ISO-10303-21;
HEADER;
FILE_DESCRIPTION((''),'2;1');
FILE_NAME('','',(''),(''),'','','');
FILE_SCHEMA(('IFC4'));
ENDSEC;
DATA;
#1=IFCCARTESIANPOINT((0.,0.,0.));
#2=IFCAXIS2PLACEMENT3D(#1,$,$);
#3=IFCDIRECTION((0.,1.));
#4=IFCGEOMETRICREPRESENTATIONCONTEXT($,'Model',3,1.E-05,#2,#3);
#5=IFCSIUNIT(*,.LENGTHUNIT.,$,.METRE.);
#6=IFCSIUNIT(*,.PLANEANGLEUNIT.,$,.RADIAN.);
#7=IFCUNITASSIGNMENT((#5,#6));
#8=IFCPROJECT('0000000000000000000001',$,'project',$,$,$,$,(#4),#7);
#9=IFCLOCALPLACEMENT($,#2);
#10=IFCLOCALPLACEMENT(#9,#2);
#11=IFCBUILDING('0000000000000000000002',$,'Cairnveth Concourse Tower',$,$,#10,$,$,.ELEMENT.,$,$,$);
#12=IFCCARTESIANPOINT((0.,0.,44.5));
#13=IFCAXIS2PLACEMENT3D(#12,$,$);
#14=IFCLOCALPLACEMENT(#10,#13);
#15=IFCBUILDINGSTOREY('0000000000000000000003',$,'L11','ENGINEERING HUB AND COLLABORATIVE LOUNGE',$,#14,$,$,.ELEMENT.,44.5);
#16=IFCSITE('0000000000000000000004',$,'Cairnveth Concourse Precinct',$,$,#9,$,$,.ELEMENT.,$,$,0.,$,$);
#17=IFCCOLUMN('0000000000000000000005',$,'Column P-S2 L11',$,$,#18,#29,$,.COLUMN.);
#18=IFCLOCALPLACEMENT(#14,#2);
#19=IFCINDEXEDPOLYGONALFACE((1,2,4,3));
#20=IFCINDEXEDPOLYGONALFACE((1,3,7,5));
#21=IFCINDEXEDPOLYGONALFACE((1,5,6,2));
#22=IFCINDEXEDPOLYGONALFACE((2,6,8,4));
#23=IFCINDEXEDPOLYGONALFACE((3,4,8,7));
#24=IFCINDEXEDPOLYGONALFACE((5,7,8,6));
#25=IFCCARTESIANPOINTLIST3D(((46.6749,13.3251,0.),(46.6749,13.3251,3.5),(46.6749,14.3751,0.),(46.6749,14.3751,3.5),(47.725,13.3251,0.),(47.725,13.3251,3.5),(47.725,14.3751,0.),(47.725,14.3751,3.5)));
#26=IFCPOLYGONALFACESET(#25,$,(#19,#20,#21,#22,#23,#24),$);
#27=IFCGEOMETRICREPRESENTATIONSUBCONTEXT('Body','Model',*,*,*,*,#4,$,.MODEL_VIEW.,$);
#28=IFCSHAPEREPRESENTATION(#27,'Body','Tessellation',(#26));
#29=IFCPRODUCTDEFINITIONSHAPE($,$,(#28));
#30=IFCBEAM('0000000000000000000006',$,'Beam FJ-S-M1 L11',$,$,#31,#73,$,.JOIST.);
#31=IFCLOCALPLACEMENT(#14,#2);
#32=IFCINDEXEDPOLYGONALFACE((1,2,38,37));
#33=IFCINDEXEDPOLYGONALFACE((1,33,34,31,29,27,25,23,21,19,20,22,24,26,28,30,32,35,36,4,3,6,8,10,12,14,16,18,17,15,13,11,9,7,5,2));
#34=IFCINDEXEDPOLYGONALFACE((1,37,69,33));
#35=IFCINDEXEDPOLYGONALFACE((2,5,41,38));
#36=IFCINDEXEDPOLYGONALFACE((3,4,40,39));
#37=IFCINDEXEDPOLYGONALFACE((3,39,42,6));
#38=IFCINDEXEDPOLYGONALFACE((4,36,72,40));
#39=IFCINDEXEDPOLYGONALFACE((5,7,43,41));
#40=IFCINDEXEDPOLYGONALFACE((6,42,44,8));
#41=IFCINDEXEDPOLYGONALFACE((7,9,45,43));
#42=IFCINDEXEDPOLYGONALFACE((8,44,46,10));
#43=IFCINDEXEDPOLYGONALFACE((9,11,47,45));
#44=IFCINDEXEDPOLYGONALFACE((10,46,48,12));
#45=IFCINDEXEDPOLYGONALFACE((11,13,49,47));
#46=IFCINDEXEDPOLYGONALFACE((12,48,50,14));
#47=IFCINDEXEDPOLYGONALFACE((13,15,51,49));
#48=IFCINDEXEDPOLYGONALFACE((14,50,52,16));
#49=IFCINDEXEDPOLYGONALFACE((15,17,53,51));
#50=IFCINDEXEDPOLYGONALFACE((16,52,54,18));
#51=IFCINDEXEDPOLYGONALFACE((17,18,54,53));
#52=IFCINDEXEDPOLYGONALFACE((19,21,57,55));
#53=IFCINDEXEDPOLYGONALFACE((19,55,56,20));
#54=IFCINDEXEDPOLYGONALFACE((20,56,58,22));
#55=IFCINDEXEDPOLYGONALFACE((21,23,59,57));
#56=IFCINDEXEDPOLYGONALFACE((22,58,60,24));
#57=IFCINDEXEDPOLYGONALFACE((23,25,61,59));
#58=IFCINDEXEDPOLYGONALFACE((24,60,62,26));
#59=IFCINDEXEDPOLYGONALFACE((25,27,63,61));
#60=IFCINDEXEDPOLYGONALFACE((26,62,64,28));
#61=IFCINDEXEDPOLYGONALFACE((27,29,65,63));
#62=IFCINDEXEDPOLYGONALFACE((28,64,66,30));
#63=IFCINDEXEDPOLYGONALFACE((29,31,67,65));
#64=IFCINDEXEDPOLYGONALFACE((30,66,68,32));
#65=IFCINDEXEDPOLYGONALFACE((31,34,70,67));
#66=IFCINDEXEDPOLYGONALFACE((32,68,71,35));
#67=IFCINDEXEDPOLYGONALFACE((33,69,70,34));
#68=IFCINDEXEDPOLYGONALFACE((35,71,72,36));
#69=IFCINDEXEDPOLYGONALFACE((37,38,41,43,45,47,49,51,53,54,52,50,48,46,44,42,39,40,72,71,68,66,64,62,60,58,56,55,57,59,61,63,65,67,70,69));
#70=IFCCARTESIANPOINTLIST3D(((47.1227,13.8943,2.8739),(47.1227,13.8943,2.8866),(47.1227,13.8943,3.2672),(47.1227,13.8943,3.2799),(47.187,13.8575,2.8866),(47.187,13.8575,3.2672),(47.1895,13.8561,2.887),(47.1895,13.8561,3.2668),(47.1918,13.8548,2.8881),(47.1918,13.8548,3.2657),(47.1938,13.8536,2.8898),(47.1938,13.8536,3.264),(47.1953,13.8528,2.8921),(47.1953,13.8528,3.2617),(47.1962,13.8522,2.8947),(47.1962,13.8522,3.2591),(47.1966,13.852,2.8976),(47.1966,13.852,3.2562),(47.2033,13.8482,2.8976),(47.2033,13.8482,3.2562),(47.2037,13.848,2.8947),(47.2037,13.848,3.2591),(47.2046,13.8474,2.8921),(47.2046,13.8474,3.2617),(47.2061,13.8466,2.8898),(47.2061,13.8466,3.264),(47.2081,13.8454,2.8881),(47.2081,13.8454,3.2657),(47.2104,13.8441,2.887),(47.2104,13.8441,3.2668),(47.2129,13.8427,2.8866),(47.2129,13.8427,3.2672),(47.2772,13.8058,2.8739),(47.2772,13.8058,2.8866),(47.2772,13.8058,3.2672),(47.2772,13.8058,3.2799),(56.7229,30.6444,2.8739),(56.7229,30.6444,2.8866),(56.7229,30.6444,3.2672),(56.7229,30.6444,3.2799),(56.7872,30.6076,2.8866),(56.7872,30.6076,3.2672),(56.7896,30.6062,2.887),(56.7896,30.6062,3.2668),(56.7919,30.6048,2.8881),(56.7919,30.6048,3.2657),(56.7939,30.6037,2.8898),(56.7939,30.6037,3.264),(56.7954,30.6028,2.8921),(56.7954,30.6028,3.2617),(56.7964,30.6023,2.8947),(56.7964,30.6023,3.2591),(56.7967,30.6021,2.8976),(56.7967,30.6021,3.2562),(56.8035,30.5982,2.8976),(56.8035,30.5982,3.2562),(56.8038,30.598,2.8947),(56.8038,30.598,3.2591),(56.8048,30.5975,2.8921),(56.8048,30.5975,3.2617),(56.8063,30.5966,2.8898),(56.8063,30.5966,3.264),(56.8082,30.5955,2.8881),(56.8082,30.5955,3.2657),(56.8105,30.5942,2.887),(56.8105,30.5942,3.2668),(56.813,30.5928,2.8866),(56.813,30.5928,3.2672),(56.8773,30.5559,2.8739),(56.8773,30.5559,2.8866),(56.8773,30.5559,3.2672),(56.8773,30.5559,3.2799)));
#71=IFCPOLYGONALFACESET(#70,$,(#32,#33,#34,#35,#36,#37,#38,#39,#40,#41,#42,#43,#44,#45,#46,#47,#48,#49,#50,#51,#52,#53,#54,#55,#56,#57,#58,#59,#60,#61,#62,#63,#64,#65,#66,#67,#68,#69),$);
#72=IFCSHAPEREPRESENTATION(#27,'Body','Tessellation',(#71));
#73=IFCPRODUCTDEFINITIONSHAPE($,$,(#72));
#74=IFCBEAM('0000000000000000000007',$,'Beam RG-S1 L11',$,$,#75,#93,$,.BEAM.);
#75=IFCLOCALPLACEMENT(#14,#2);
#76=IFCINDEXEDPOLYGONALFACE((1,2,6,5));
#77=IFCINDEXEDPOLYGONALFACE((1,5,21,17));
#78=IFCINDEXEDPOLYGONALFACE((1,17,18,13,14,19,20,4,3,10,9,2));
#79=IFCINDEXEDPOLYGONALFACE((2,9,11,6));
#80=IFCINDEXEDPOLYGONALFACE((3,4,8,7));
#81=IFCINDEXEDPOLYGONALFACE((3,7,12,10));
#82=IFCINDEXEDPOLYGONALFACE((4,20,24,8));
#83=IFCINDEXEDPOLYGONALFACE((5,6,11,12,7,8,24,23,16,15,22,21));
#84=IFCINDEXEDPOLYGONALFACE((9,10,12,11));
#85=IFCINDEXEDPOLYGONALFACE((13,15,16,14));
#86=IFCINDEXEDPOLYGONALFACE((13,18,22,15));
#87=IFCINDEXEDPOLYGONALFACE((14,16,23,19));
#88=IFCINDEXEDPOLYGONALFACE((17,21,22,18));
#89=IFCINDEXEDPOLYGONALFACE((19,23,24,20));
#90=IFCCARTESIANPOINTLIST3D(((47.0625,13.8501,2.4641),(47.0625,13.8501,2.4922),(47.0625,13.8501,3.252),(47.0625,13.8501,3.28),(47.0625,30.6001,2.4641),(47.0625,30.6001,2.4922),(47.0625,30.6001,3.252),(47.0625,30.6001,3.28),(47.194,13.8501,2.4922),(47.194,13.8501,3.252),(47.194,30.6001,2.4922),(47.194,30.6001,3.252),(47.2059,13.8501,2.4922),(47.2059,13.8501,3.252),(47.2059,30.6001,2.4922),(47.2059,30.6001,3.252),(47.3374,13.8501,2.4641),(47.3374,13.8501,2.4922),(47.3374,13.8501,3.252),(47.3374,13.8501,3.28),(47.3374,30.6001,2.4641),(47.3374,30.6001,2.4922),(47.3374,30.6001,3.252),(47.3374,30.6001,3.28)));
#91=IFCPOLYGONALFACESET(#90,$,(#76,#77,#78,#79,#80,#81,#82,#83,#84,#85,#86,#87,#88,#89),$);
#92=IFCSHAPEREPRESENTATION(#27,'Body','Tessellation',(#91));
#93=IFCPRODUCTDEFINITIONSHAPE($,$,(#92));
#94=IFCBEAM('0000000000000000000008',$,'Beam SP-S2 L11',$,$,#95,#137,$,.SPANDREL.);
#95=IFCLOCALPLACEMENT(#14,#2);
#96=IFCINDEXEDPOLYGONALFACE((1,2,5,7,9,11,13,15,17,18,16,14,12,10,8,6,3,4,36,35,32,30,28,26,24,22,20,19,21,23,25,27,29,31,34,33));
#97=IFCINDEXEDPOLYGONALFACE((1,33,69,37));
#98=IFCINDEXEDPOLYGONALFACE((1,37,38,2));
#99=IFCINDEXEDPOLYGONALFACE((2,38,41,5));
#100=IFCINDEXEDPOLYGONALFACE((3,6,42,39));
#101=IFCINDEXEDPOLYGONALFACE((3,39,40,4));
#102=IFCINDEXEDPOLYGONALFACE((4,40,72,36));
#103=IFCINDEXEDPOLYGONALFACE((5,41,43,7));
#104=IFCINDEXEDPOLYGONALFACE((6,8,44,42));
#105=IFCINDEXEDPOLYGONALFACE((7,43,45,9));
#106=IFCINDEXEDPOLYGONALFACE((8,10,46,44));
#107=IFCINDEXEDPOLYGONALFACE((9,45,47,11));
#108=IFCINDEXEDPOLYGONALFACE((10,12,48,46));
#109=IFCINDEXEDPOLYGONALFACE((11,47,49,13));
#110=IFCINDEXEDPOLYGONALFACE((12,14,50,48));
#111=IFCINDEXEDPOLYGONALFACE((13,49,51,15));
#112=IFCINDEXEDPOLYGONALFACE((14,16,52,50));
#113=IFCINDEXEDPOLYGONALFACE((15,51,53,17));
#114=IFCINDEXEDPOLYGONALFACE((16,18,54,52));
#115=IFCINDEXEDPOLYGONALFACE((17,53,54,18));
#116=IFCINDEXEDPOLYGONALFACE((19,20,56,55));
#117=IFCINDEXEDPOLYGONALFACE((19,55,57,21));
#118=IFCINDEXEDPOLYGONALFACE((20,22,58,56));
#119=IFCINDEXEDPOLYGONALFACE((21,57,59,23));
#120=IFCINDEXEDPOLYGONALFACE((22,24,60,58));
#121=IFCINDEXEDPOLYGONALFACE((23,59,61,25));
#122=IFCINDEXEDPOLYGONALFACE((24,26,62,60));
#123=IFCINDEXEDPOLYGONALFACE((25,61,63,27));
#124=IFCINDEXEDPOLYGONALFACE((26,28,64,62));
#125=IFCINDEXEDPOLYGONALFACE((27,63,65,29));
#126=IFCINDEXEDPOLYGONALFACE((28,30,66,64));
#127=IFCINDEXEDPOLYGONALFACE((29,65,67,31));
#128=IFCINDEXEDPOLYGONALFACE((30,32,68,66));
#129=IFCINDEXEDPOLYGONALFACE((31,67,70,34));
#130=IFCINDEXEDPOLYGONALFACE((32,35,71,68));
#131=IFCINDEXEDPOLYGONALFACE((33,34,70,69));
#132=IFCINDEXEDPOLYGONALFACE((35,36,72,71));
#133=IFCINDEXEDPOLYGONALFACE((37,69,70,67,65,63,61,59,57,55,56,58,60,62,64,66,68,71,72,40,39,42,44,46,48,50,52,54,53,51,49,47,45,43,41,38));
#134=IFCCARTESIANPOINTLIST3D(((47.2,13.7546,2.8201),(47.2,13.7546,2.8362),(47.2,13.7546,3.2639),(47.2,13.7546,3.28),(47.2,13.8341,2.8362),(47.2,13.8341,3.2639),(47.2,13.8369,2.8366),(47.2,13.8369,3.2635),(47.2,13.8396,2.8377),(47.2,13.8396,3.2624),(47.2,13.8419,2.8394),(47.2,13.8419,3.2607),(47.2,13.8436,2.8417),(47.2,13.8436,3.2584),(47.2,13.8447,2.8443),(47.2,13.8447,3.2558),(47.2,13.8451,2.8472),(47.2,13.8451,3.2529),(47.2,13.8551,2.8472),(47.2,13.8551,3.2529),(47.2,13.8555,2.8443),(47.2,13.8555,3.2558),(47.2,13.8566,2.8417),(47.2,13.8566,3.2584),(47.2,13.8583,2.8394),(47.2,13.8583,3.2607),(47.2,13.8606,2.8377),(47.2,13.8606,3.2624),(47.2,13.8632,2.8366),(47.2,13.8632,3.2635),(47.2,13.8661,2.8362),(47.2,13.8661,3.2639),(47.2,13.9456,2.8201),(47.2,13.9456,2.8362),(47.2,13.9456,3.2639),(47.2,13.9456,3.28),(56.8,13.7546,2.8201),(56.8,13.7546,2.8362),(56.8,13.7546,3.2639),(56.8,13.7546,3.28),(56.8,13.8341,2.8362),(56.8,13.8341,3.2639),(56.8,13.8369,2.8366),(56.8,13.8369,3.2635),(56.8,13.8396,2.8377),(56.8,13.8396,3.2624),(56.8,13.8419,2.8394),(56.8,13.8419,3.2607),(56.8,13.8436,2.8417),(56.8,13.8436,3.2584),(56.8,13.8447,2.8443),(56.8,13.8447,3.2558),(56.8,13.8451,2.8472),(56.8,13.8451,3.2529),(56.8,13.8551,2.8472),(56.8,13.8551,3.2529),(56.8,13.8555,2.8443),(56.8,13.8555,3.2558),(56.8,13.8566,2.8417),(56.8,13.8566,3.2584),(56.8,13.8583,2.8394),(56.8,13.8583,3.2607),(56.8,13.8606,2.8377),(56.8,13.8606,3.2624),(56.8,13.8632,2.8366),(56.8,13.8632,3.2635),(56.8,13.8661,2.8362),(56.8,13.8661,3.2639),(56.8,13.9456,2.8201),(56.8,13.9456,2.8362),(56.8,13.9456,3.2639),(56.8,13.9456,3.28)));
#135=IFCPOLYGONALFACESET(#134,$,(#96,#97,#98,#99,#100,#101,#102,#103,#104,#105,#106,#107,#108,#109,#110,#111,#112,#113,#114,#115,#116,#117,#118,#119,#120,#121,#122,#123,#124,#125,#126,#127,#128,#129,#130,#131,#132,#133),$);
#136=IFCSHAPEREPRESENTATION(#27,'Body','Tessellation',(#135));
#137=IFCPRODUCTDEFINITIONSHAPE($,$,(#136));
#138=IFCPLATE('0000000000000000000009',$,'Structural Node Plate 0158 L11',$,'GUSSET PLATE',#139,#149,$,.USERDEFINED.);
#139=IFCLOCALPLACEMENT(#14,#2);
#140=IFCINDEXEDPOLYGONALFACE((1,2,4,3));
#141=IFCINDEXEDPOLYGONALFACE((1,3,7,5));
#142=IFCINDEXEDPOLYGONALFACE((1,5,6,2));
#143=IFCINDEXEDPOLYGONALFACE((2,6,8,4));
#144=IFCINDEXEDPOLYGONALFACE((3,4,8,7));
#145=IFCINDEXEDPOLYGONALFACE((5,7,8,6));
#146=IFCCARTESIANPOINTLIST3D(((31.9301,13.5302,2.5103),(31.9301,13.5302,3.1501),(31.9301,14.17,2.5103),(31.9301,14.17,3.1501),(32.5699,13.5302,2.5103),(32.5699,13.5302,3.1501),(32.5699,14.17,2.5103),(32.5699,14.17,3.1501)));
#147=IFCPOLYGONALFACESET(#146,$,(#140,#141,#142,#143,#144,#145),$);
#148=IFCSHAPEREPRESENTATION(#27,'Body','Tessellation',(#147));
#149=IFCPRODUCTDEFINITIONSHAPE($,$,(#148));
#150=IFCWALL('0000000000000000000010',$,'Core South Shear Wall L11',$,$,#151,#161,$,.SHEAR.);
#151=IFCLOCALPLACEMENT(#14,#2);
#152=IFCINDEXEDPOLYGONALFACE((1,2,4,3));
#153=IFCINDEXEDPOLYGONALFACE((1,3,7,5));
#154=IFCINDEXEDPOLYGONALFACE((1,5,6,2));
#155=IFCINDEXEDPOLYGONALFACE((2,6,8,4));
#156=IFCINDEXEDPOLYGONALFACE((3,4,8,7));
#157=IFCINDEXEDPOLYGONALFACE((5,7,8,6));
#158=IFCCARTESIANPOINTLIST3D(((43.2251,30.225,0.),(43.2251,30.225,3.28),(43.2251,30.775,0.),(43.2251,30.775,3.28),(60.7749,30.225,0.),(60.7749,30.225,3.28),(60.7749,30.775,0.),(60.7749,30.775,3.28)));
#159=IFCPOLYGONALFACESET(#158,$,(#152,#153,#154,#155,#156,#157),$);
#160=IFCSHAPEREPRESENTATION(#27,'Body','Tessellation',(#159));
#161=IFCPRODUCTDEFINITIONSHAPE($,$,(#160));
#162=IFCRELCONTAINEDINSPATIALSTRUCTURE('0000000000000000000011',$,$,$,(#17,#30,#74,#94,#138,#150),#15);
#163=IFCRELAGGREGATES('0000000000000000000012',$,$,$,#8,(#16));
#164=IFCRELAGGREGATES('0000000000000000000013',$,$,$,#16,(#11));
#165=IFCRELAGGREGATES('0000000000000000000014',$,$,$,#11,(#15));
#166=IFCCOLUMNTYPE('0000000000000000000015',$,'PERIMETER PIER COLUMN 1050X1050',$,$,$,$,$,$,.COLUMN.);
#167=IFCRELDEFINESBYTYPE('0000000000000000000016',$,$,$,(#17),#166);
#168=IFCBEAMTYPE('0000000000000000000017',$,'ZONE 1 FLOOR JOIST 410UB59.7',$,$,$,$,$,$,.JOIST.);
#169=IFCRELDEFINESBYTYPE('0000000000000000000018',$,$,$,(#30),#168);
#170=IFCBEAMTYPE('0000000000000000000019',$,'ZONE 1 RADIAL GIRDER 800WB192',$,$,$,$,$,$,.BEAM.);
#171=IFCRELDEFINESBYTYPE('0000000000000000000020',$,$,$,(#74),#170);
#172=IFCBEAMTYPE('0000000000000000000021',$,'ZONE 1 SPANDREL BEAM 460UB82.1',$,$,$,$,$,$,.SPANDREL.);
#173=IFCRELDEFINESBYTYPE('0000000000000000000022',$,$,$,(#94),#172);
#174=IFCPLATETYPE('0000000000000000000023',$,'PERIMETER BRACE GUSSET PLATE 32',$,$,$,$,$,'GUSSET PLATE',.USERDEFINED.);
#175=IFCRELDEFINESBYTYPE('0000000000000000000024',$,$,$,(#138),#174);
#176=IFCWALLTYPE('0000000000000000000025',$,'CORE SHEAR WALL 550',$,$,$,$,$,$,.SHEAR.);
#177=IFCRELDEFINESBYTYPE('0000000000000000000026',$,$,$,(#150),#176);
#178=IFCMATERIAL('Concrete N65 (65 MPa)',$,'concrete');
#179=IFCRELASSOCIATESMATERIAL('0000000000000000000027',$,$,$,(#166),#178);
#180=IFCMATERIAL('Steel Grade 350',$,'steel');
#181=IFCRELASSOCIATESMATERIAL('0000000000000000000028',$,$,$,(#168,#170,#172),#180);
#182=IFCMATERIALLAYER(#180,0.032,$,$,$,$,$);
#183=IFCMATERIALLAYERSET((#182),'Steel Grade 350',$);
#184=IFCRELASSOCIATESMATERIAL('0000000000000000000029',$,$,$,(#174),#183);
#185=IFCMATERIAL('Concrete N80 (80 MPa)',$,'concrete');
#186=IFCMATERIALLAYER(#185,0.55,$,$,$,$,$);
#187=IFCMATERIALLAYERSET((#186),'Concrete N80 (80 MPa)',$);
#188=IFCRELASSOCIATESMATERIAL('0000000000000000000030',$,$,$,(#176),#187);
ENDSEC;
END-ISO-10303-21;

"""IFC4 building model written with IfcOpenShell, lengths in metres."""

from ifc_helpers import new_model, si_unit, direction, frame, frame_2d, origin, origin_2d, place, context, subcontext, project, spatial, rectangle, i_section, extrude, material, layer, layer_set, material_profile, profile_set, type_object, element, save


model = new_model("IFC4")

# Units and contexts
model_context = context("Model", 3, precision=1e-05, world=origin(), true_north=direction((0.0, 1.0)))
body_context = subcontext(model_context, "Body", "Model", "MODEL_VIEW")
ifc_project = project(units=[si_unit("LENGTHUNIT", "METRE"), si_unit("PLANEANGLEUNIT", "RADIAN")], contexts=[model_context])

# Site, building, storey
site_placement = place(None, origin())
site = spatial("IfcSite", under=ifc_project, at=site_placement, Name="Cairnveth Concourse Precinct", CompositionType="ELEMENT", RefElevation=0.0)
building_placement = place(site_placement, origin())
building = spatial("IfcBuilding", under=site, at=building_placement, Name="Cairnveth Concourse Tower", CompositionType="ELEMENT")
storey_placement = place(building_placement, frame((0.0, 0.0, 44.5)))
storey = spatial("IfcBuildingStorey", under=building, at=storey_placement, Name="L11", Description="ENGINEERING HUB AND COLLABORATIVE LOUNGE", CompositionType="ELEMENT", Elevation=44.5)

# Column
ifc_material_1 = material(Name="Concrete N65 (65 MPa)", Category="concrete")
ifc_material_profile_1 = material_profile(ifc_material_1, rectangle(XDim=1.05, YDim=1.05, at=origin_2d()), Name="RC-COL-1050x1050")
ifc_profile_set_1 = profile_set([ifc_material_profile_1], Name="Concrete N65 (65 MPa)")
column_type = type_object("IfcColumnType", Name="PERIMETER PIER COLUMN 1050X1050", PredefinedType="COLUMN", material=ifc_profile_set_1)
column_placement = place(storey_placement, frame((47.2, 13.8501, 0.0), z_axis=(0.0, 0.0, 1.0), x_axis=(1.0, 0.0, 0.0)))
element("IfcColumn", 1, at=column_placement, inside=storey, type_object=column_type, Name="Column P-S2 L11", PredefinedType="COLUMN", context=body_context, shape_type="SweptSolid", body=[
    extrude(rectangle(XDim=1.05, YDim=1.05, at=origin_2d()), origin(), (0.0, 0.0, 1.0), 3.5),
])

# Beams
ifc_material_2 = material(Name="Steel Grade 350", Category="steel")
ifc_material_profile_2 = material_profile(ifc_material_2, i_section(OverallWidth=0.178, OverallDepth=0.406, WebThickness=0.0078, FlangeThickness=0.0127, FilletRadius=0.011, at=origin_2d()), Name="410UB59.7")
ifc_profile_set_2 = profile_set([ifc_material_profile_2], Name="Steel Grade 350")
beam_type_1 = type_object("IfcBeamType", Name="ZONE 1 FLOOR JOIST 410UB59.7", PredefinedType="JOIST", material=ifc_profile_set_2)
beam_1_placement = place(storey_placement, frame((47.2, 13.8501, 3.0769), z_axis=(0.497258, 0.867603, 0.0), x_axis=(-0.867603, 0.497258, 0.0)))
element("IfcBeam", 2, at=beam_1_placement, inside=storey, type_object=beam_type_1, Name="Beam FJ-S-M1 L11", PredefinedType="JOIST", context=body_context, shape_type="SweptSolid", body=[
    extrude(i_section(OverallWidth=0.178, OverallDepth=0.406, WebThickness=0.0078, FlangeThickness=0.0127, FilletRadius=0.011, at=origin_2d()), origin(), (0.0, 0.0, 1.0), 19.3062),
])
ifc_material_profile_3 = material_profile(ifc_material_2, i_section(OverallWidth=0.2749, OverallDepth=0.8159, WebThickness=0.012, FlangeThickness=0.0281, at=origin_2d()), Name="800WB192")
ifc_profile_set_3 = profile_set([ifc_material_profile_3], Name="Steel Grade 350")
beam_type_2 = type_object("IfcBeamType", Name="ZONE 1 RADIAL GIRDER 800WB192", PredefinedType="BEAM", material=ifc_profile_set_3)
beam_2_placement = place(storey_placement, frame((47.2, 13.8501, 2.8721), z_axis=(0.0, 1.0, 0.0), x_axis=(-1.0, 0.0, 0.0)))
element("IfcBeam", 3, at=beam_2_placement, inside=storey, type_object=beam_type_2, Name="Beam RG-S1 L11", PredefinedType="BEAM", context=body_context, shape_type="SweptSolid", body=[
    extrude(i_section(OverallWidth=0.2749, OverallDepth=0.8159, WebThickness=0.012, FlangeThickness=0.0281, at=origin_2d()), origin(), (0.0, 0.0, 1.0), 16.75),
])
ifc_material_profile_4 = material_profile(ifc_material_2, i_section(OverallWidth=0.1909, OverallDepth=0.46, WebThickness=0.01, FlangeThickness=0.0161, FilletRadius=0.011, at=origin_2d()), Name="460UB82.1")
ifc_profile_set_4 = profile_set([ifc_material_profile_4], Name="Steel Grade 350")
beam_type_3 = type_object("IfcBeamType", Name="ZONE 1 SPANDREL BEAM 460UB82.1", PredefinedType="SPANDREL", material=ifc_profile_set_4)
beam_3_placement = place(storey_placement, frame((47.2, 13.8501, 3.05), z_axis=(1.0, 0.0, 0.0), x_axis=(0.0, 1.0, 0.0)))
element("IfcBeam", 4, at=beam_3_placement, inside=storey, type_object=beam_type_3, Name="Beam SP-S2 L11", PredefinedType="SPANDREL", context=body_context, shape_type="SweptSolid", body=[
    extrude(i_section(OverallWidth=0.1909, OverallDepth=0.46, WebThickness=0.01, FlangeThickness=0.0161, FilletRadius=0.011, at=origin_2d()), origin(), (0.0, 0.0, 1.0), 9.6001),
])

# Plate
ifc_layer_1 = layer(ifc_material_2, 0.032)
ifc_layer_set_1 = layer_set([ifc_layer_1], Name="Steel Grade 350")
plate_type = type_object("IfcPlateType", Name="PERIMETER BRACE GUSSET PLATE 32", ElementType="GUSSET PLATE", PredefinedType="USERDEFINED", material=ifc_layer_set_1)
plate_placement = place(storey_placement, frame((32.25, 13.8501, 2.5103), z_axis=(0.0, 0.0, 1.0), x_axis=(1.0, 0.0, 0.0)))
element("IfcPlate", 5, at=plate_placement, inside=storey, type_object=plate_type, Name="Structural Node Plate 0158 L11", ObjectType="GUSSET PLATE", PredefinedType="USERDEFINED", context=body_context, shape_type="SweptSolid", body=[
    extrude(rectangle(XDim=0.6399, YDim=0.6399, at=origin_2d()), origin(), (0.0, 0.0, 1.0), 0.6399),
])

# Wall
ifc_material_3 = material(Name="Concrete N80 (80 MPa)", Category="concrete")
ifc_layer_2 = layer(ifc_material_3, 0.55)
ifc_layer_set_2 = layer_set([ifc_layer_2], Name="Concrete N80 (80 MPa)")
wall_type_1 = type_object("IfcWallType", Name="CORE SHEAR WALL 550", PredefinedType="SHEAR", material=ifc_layer_set_2)
wall_1_placement = place(storey_placement, frame((43.2251, 30.5, 0.0), z_axis=(0.0, 0.0, 1.0), x_axis=(1.0, 0.0, 0.0)))
element("IfcWall", 6, at=wall_1_placement, inside=storey, type_object=wall_type_1, Name="Core South Shear Wall L11", PredefinedType="SHEAR", context=body_context, shape_type="SweptSolid", body=[
    extrude(rectangle(XDim=17.5498, YDim=0.55, at=frame_2d((8.7749, 0.0))), origin(), (0.0, 0.0, 1.0), 3.28),
])

save(model, "model.ifc")
